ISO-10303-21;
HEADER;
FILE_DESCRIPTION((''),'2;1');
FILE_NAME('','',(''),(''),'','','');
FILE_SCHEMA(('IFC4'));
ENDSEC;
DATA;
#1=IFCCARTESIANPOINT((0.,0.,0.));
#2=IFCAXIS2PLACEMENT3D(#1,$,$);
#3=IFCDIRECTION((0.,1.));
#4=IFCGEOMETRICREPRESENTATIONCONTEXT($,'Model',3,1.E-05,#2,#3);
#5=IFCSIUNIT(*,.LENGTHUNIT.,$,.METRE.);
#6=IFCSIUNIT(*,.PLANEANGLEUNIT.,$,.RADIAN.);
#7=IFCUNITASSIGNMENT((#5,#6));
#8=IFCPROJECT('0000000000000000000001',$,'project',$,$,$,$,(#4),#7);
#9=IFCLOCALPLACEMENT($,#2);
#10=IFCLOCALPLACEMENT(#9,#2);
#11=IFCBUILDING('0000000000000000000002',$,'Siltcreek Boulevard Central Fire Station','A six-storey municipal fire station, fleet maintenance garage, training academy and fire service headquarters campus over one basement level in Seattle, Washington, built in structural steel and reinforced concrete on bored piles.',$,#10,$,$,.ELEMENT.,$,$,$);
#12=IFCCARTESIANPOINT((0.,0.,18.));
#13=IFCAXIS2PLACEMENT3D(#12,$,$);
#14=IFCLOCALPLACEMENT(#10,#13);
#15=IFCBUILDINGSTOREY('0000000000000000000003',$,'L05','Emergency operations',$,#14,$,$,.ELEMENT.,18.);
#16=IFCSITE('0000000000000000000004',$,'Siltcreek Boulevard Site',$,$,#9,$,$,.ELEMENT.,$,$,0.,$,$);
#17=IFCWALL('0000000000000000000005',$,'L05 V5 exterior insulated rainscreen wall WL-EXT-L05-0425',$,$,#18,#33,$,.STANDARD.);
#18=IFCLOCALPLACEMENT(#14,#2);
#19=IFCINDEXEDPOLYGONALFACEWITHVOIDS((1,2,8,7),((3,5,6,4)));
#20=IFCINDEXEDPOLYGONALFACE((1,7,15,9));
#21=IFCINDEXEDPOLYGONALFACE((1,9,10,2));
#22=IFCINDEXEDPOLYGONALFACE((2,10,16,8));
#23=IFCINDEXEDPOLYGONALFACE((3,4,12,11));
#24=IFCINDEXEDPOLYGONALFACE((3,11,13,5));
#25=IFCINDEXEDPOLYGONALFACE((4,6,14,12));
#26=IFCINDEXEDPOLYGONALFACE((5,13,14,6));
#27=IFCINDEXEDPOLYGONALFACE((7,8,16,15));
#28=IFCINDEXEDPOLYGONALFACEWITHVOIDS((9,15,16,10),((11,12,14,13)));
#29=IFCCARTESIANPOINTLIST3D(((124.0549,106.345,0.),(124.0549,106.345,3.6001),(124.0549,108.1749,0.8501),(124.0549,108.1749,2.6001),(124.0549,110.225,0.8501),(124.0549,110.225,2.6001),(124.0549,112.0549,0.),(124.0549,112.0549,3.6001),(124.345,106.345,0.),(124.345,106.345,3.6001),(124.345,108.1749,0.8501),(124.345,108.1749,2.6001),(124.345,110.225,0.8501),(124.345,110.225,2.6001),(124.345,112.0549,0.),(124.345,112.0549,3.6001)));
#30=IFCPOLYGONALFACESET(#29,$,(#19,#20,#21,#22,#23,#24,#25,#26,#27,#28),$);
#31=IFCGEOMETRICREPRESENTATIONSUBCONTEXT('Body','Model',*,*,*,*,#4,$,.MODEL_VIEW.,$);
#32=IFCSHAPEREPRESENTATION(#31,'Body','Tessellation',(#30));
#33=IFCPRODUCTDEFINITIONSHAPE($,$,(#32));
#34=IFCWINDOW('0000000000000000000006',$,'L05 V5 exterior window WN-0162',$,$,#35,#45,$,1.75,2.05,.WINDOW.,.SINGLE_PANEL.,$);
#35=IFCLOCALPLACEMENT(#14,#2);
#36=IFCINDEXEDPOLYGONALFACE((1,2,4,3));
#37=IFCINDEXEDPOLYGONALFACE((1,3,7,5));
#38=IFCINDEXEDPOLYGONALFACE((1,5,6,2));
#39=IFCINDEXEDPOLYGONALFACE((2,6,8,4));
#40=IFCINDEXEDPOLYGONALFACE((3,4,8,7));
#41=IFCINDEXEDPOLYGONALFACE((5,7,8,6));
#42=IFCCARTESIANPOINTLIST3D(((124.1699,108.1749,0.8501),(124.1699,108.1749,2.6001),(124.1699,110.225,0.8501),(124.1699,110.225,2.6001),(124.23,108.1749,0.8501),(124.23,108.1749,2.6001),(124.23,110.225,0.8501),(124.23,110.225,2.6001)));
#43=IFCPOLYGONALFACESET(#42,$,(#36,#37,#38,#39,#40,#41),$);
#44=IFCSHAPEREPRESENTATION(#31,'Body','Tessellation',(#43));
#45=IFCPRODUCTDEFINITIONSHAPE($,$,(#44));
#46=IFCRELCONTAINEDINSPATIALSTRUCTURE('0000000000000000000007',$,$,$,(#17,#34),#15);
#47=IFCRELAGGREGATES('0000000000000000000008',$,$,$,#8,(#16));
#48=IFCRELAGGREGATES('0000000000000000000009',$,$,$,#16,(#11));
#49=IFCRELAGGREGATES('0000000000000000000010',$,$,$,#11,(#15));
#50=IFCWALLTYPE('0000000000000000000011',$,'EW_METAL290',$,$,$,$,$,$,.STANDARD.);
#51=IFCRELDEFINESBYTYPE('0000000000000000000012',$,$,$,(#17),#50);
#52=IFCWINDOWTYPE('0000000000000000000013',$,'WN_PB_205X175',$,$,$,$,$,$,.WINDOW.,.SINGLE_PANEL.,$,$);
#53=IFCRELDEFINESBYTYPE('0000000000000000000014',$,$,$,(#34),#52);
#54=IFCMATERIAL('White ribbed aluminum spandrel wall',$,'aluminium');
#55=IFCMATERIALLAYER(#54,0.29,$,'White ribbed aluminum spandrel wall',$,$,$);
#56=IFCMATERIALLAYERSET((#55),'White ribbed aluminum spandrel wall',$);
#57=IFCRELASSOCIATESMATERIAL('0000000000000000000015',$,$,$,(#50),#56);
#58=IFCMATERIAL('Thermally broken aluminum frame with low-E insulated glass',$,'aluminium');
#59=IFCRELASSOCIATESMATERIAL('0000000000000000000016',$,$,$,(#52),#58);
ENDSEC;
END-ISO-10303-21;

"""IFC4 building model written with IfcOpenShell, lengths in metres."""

from ifc_helpers import new_model, si_unit, direction, frame, frame_2d, origin, place, context, subcontext, project, spatial, rectangle, extrude, material, layer, layer_set, type_object, element, fill, save


model = new_model("IFC4")

# Units and contexts
model_context = context("Model", 3, precision=1e-05, world=origin(), true_north=direction((0.0, 1.0)))
body_context = subcontext(model_context, "Body", "Model", "MODEL_VIEW")
ifc_project = project(units=[si_unit("LENGTHUNIT", "METRE"), si_unit("PLANEANGLEUNIT", "RADIAN")], contexts=[model_context])

# Site, building, storey
site_placement = place(None, origin())
site = spatial("IfcSite", under=ifc_project, at=site_placement, Name="Siltcreek Boulevard Site", CompositionType="ELEMENT", RefElevation=0.0)
building_placement = place(site_placement, origin())
building = spatial("IfcBuilding", under=site, at=building_placement, Name="Siltcreek Boulevard Central Fire Station", Description="A six-storey municipal fire station, fleet maintenance garage, training academy and fire service headquarters campus over one basement level in Seattle, Washington, built in structural steel and reinforced concrete on bored piles.", CompositionType="ELEMENT")
storey_placement = place(building_placement, frame((0.0, 0.0, 18.0)))
storey = spatial("IfcBuildingStorey", under=building, at=storey_placement, Name="L05", Description="Emergency operations", CompositionType="ELEMENT", Elevation=18.0)

# Shared definitions
ifc_material_1 = material(Name="White ribbed aluminum spandrel wall", Category="aluminium")
ifc_layer_1 = layer(ifc_material_1, 0.29, Name="White ribbed aluminum spandrel wall")
ifc_layer_set_1 = layer_set([ifc_layer_1], Name="White ribbed aluminum spandrel wall")
wall_type_1 = type_object("IfcWallType", Name="EW_METAL290", PredefinedType="STANDARD", material=ifc_layer_set_1)

# Wall, opening, window
wall_1_placement = place(storey_placement, frame((124.2, 112.0549, 0.0), z_axis=(0.0, 0.0, 1.0), x_axis=(0.0, -1.0, 0.0)))
wall_1 = element("IfcWall", 1, at=wall_1_placement, inside=storey, type_object=wall_type_1, Name="L05 V5 exterior insulated rainscreen wall WL-EXT-L05-0425", PredefinedType="STANDARD", context=body_context, shape_type="SweptSolid", body=[
    extrude(rectangle(XDim=5.71, YDim=0.29, at=frame_2d((2.855, 0.0))), origin(), (0.0, 0.0, 1.0), 3.6001),
])
opening_placement = place(wall_1_placement, frame((1.8301, 0.0, 0.8501)))
opening = element("IfcOpeningElement", 2, at=opening_placement, cuts=wall_1, PredefinedType="OPENING", context=body_context, shape_type="SweptSolid", body=[
    extrude(rectangle(XDim=2.05, YDim=1.75, at=frame_2d((1.0249, 0.875))), frame((0.0, 0.155, 0.0), z_axis=(0.0, -1.0, 0.0), x_axis=(1.0, 0.0, 0.0)), (0.0, 0.0, 1.0), 0.3101),
])
ifc_material_2 = material(Name="Thermally broken aluminum frame with low-E insulated glass", Category="aluminium")
window_type = type_object("IfcWindowType", Name="WN_PB_205X175", PartitioningType="SINGLE_PANEL", PredefinedType="WINDOW", material=ifc_material_2)
window_placement = place(opening_placement, origin())
window = element("IfcWindow", 3, at=window_placement, inside=storey, type_object=window_type, Name="L05 V5 exterior window WN-0162", OverallHeight=1.75, OverallWidth=2.05, PartitioningType="SINGLE_PANEL", PredefinedType="WINDOW", context=body_context, shape_type="SweptSolid", body=[
    extrude(rectangle(XDim=2.05, YDim=1.75, at=frame_2d((1.0249, 0.875))), frame((0.0, 0.03, 0.0), z_axis=(0.0, -1.0, 0.0), x_axis=(1.0, 0.0, 0.0)), (0.0, 0.0, 1.0), 0.0601),
])
fill(opening, window)

save(model, "model.ifc")
